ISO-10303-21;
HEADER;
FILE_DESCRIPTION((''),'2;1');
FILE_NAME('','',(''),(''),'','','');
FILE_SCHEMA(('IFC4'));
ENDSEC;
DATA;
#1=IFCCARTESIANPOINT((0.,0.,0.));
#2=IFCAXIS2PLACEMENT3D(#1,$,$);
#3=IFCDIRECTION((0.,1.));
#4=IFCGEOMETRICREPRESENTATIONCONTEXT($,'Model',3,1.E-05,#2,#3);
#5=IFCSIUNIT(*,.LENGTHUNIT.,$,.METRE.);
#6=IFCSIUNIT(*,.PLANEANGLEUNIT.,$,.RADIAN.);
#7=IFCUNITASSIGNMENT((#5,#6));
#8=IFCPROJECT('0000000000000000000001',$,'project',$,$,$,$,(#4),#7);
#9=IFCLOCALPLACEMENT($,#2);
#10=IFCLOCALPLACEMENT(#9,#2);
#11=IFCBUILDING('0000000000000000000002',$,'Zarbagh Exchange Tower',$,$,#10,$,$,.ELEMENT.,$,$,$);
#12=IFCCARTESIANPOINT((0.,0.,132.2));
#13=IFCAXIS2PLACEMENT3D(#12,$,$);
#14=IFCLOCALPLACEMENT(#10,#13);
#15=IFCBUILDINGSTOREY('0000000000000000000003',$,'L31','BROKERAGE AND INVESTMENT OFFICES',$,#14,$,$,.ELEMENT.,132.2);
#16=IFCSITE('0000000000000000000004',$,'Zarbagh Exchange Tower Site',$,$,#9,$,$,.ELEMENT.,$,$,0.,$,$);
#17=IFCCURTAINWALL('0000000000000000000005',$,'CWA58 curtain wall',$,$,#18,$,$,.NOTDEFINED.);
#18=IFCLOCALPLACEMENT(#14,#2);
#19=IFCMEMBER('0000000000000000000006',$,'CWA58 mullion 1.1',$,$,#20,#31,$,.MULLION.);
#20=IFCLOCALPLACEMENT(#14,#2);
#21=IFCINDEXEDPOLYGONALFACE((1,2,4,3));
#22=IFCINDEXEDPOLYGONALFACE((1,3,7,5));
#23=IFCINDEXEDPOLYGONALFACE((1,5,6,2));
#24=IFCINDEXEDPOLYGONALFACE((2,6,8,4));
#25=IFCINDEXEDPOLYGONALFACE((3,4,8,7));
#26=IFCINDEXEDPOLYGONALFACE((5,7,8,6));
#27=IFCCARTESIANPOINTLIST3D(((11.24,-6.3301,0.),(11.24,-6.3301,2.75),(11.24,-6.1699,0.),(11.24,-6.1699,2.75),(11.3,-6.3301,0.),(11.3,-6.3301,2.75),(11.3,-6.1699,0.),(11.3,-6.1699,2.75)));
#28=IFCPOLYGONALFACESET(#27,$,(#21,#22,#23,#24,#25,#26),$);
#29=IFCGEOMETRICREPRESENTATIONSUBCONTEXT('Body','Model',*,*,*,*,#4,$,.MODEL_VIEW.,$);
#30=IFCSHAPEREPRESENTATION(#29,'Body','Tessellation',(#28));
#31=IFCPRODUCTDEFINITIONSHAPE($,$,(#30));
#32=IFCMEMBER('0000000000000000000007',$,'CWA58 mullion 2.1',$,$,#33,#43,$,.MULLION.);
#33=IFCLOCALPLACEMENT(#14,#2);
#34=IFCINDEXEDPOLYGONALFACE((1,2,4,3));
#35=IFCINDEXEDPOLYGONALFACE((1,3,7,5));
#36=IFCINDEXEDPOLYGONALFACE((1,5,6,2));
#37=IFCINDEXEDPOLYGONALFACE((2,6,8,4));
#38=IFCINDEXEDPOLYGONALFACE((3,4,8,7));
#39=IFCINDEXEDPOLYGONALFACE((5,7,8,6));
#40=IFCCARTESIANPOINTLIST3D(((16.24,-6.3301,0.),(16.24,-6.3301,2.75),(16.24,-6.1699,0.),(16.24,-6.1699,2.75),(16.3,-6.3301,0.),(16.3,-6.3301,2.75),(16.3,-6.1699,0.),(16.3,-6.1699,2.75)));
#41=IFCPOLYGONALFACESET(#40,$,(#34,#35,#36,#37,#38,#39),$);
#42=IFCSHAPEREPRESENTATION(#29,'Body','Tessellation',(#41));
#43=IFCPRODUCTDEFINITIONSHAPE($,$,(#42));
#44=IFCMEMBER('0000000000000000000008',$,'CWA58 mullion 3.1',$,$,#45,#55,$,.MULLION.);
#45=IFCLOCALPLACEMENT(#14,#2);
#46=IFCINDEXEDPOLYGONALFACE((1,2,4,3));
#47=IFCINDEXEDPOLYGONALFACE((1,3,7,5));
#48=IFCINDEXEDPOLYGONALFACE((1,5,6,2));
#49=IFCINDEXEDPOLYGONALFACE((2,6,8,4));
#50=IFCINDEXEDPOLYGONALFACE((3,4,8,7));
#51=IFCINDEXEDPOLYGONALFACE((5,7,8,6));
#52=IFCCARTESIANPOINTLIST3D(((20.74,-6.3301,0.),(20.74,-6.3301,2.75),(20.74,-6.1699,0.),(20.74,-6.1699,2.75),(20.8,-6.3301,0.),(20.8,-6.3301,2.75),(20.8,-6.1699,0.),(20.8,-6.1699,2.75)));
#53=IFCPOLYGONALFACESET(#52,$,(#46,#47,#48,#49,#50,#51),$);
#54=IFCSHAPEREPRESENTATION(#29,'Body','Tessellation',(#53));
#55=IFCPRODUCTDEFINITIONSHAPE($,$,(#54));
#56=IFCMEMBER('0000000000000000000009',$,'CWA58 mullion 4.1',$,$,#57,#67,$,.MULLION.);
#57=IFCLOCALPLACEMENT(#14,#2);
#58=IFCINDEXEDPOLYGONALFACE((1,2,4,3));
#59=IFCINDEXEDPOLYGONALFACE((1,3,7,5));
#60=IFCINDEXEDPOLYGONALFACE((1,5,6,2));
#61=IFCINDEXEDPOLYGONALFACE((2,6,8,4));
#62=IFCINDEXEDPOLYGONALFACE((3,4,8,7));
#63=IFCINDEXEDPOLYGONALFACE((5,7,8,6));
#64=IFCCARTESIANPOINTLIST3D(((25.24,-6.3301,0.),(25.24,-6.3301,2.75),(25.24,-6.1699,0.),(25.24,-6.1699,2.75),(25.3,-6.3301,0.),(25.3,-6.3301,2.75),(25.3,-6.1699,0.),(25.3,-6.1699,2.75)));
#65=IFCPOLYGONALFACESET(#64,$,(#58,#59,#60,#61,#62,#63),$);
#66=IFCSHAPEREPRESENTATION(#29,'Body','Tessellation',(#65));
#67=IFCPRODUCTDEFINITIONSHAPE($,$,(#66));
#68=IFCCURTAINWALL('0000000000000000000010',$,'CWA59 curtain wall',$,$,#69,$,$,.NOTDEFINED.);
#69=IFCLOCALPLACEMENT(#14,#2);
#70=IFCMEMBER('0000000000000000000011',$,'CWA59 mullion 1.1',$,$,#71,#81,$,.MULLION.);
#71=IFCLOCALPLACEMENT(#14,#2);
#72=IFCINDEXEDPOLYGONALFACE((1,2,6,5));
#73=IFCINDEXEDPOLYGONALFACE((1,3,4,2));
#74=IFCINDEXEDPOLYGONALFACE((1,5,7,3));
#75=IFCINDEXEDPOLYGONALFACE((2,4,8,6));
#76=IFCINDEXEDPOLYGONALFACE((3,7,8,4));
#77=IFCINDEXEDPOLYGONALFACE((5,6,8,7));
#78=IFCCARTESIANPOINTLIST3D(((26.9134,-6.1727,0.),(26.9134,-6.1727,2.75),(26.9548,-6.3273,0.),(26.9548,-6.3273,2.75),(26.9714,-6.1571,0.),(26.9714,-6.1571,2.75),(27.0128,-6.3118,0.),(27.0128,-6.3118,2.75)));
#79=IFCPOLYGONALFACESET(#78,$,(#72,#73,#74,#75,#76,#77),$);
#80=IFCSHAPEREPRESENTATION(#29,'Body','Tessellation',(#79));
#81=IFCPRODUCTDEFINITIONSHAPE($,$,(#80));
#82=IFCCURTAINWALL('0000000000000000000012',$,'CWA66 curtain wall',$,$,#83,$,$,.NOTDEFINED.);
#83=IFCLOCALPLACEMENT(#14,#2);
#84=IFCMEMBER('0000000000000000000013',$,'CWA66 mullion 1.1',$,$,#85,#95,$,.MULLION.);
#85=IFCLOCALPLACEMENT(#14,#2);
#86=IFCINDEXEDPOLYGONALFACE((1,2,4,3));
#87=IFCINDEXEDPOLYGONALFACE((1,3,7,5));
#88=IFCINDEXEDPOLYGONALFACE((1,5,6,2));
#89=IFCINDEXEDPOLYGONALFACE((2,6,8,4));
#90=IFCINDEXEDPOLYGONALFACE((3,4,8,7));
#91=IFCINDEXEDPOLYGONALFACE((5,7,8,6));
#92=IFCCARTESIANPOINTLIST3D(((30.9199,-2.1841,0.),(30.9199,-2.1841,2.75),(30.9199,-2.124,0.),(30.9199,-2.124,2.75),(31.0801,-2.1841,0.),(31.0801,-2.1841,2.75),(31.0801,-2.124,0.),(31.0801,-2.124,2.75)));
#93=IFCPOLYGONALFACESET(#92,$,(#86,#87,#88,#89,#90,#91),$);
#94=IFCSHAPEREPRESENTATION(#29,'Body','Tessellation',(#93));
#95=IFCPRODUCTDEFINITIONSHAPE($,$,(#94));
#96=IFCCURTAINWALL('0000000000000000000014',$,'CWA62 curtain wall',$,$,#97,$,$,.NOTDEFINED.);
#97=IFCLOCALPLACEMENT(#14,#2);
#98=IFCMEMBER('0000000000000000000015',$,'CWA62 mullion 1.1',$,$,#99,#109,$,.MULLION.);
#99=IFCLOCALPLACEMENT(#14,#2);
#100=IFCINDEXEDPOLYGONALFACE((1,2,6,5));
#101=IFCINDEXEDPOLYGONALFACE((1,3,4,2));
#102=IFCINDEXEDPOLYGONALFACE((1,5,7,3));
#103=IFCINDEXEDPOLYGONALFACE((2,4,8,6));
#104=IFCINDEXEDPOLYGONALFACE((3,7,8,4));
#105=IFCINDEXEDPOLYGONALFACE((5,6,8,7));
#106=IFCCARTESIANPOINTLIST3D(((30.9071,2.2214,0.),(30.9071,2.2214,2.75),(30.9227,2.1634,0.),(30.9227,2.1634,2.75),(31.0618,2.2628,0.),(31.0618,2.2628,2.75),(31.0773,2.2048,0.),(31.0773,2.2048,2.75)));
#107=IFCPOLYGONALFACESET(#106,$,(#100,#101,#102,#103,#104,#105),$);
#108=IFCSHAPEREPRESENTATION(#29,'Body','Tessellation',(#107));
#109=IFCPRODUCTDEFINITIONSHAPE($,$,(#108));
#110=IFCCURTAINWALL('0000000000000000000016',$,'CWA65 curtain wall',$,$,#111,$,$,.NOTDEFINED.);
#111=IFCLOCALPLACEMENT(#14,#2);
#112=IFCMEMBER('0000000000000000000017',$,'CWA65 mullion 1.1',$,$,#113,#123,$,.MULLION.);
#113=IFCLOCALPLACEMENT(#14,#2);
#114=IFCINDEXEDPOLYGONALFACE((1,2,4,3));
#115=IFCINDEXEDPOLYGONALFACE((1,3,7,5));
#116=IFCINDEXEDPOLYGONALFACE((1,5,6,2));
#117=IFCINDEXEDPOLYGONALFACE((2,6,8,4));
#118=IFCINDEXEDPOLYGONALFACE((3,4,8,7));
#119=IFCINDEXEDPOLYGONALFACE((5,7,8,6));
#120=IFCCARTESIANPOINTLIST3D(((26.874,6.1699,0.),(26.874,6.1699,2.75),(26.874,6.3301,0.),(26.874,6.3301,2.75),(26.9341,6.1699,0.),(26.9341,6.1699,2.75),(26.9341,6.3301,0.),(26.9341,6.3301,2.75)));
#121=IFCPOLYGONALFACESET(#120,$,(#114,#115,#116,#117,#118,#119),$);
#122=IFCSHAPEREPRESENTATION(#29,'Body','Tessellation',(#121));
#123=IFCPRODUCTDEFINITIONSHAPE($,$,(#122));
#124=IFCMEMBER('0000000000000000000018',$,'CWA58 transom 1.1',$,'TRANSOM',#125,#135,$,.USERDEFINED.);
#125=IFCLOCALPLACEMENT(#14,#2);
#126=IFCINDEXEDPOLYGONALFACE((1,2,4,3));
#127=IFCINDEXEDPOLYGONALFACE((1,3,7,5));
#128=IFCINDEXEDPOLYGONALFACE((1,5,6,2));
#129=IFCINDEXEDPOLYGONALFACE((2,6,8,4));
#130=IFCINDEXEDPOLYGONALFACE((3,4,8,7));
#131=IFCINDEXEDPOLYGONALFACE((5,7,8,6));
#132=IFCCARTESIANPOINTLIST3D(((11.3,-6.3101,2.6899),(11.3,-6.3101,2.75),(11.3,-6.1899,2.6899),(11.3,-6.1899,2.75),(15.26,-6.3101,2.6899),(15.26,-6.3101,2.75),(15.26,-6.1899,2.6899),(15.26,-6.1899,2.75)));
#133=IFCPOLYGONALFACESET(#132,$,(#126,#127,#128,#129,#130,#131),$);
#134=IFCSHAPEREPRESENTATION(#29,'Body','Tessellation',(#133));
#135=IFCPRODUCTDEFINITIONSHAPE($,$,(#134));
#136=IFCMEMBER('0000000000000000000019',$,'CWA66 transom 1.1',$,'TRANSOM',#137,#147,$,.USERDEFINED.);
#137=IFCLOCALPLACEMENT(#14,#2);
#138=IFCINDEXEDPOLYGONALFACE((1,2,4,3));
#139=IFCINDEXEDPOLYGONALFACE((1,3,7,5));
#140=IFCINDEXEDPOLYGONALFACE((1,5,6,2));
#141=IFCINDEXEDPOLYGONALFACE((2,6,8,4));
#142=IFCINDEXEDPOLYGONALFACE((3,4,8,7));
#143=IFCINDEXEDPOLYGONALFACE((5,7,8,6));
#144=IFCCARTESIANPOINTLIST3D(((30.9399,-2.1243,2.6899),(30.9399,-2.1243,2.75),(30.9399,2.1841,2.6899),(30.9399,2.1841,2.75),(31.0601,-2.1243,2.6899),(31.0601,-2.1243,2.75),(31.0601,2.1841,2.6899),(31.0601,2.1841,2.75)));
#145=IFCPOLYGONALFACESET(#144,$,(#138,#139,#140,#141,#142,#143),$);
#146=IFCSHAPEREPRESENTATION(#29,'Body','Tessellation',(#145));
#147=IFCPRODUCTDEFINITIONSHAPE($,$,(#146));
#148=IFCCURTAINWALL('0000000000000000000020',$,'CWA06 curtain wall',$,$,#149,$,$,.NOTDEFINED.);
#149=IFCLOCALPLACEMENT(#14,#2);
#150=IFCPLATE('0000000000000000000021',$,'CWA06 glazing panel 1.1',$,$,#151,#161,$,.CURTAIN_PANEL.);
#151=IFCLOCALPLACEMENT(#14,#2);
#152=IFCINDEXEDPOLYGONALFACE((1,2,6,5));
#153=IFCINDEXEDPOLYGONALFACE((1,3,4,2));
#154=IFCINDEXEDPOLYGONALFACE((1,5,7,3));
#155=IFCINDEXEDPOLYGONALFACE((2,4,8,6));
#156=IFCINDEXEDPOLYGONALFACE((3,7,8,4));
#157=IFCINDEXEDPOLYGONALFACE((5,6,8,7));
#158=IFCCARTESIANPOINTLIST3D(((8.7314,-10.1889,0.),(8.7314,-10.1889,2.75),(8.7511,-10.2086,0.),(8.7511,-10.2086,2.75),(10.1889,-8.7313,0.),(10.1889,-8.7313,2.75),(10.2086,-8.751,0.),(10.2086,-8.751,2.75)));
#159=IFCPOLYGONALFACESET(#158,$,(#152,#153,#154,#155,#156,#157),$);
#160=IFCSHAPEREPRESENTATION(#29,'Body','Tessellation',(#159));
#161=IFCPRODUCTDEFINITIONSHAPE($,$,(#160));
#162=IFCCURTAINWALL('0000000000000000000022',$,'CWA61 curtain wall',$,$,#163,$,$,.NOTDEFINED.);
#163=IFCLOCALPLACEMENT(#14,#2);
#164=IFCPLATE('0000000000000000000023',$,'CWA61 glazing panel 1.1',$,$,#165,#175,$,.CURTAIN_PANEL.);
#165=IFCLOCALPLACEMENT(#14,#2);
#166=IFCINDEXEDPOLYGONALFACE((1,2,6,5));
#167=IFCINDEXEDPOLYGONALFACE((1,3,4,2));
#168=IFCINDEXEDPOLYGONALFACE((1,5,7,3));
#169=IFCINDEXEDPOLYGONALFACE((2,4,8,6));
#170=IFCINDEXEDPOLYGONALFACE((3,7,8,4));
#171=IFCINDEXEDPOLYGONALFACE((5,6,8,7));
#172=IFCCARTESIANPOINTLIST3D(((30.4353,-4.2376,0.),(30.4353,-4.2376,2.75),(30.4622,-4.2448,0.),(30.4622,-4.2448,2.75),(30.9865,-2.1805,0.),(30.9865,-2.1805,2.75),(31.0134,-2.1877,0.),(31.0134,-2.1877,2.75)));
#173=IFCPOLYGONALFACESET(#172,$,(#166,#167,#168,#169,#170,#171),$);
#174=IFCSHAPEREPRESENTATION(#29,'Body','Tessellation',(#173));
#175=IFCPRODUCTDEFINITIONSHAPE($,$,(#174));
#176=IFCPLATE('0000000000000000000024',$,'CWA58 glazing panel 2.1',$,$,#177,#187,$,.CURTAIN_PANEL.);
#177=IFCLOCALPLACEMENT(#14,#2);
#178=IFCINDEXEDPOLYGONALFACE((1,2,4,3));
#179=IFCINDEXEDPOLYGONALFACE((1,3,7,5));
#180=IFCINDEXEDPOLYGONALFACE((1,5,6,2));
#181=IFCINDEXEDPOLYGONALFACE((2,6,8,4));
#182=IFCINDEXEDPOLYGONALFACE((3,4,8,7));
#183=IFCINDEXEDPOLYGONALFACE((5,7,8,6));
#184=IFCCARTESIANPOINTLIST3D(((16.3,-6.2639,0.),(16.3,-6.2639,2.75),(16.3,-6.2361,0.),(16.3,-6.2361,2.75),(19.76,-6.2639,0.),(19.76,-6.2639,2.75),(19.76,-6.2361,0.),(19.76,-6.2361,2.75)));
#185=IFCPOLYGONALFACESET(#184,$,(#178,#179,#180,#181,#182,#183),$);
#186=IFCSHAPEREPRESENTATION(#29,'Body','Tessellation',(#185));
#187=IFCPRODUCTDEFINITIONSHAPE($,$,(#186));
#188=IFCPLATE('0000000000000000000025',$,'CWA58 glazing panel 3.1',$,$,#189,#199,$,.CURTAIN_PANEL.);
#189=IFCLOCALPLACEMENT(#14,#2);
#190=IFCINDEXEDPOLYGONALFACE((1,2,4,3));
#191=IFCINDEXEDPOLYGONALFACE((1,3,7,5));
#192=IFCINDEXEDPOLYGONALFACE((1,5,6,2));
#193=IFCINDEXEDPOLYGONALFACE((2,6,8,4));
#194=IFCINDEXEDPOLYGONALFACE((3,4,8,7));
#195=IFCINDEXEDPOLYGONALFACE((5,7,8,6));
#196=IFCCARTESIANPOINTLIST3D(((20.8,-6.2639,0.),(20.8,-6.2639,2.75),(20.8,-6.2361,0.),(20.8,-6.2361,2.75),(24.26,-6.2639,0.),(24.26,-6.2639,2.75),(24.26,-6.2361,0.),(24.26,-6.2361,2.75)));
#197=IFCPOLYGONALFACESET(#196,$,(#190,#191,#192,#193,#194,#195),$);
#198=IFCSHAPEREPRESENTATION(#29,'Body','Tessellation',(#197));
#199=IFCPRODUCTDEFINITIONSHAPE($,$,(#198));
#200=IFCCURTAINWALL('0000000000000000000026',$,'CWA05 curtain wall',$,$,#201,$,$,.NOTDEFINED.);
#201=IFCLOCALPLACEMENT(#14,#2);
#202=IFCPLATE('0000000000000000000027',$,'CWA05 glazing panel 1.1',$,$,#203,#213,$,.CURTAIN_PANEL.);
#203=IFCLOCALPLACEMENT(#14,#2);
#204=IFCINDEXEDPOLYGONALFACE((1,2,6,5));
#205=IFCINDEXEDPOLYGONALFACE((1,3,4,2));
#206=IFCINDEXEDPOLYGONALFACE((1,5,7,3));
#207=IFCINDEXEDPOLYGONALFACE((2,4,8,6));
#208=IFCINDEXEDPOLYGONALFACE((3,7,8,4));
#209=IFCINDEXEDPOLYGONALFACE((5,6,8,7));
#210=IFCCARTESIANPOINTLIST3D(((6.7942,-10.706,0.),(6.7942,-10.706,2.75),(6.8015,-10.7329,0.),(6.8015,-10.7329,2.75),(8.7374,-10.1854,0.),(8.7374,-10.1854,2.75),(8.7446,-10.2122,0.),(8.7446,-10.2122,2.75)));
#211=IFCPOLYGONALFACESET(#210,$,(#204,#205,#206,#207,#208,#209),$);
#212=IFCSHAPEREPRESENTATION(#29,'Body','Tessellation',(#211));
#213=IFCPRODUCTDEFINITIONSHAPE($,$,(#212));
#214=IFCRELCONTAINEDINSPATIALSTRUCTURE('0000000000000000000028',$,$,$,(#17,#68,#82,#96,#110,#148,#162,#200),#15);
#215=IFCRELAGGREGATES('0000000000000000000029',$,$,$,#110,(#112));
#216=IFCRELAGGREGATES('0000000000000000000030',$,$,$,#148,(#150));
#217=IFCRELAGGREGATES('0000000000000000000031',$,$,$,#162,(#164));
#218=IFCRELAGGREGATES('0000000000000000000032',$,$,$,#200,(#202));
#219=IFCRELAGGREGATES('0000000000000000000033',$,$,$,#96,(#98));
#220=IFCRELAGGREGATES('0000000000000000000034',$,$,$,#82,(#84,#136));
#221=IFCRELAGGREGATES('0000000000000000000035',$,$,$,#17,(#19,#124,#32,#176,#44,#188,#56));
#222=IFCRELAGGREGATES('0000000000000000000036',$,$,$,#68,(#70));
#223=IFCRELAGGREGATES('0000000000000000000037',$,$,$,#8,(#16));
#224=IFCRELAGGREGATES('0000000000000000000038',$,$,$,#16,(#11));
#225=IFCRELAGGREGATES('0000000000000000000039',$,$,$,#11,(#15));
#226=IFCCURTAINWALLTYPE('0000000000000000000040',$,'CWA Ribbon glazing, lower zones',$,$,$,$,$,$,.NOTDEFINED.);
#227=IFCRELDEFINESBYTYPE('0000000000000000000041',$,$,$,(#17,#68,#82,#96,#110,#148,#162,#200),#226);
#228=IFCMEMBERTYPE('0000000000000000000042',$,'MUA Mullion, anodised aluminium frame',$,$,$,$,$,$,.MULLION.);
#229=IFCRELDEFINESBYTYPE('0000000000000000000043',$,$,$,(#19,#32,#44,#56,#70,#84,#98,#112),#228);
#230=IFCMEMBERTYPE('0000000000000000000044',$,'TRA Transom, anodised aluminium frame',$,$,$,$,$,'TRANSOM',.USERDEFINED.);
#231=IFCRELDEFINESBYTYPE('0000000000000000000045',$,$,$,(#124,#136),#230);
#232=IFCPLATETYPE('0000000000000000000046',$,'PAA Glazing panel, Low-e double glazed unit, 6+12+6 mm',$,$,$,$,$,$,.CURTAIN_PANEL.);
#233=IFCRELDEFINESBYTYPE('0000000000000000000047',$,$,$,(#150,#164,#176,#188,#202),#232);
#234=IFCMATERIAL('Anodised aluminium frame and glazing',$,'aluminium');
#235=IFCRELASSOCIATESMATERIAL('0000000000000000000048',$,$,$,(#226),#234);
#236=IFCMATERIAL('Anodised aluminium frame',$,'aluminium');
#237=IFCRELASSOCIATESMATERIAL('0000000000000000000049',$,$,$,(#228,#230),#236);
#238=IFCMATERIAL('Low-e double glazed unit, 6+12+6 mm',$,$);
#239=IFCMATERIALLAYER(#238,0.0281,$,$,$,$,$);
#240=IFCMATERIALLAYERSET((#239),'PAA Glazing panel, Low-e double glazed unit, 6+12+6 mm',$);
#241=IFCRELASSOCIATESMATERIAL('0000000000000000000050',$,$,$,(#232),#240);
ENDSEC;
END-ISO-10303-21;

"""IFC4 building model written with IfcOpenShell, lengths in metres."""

from ifc_helpers import new_model, si_unit, direction, frame, origin, place, context, subcontext, project, spatial, polyline, outline, extrude, source, transform, mapped, material, layer, layer_set, type_object, element, aggregate, save


model = new_model("IFC4")

# Units and contexts
model_context = context("Model", 3, precision=1e-05, world=origin(), true_north=direction((0.0, 1.0)))
body_context = subcontext(model_context, "Body", "Model", "MODEL_VIEW")
ifc_project = project(units=[si_unit("LENGTHUNIT", "METRE"), si_unit("PLANEANGLEUNIT", "RADIAN")], contexts=[model_context])

# Site, building, storey
site_placement = place(None, origin())
site = spatial("IfcSite", under=ifc_project, at=site_placement, Name="Zarbagh Exchange Tower Site", CompositionType="ELEMENT", RefElevation=0.0)
building_placement = place(site_placement, origin())
building = spatial("IfcBuilding", under=site, at=building_placement, Name="Zarbagh Exchange Tower", CompositionType="ELEMENT")
storey_placement = place(building_placement, frame((0.0, 0.0, 132.2)))
storey = spatial("IfcBuildingStorey", under=building, at=storey_placement, Name="L31", Description="BROKERAGE AND INVESTMENT OFFICES", CompositionType="ELEMENT", Elevation=132.2)

# Curtain wall, members
ifc_material_1 = material(Name="Anodised aluminium frame and glazing", Category="aluminium")
curtain_wall_type = type_object("IfcCurtainWallType", Name="CWA Ribbon glazing, lower zones", PredefinedType="NOTDEFINED", material=ifc_material_1)
curtain_wall_1_placement = place(storey_placement, origin())
curtain_wall_1 = element("IfcCurtainWall", 1, at=curtain_wall_1_placement, inside=storey, type_object=curtain_wall_type, Name="CWA58 curtain wall", PredefinedType="NOTDEFINED")
ifc_material_2 = material(Name="Anodised aluminium frame", Category="aluminium")
member_type_1 = type_object("IfcMemberType", Name="MUA Mullion, anodised aluminium frame", PredefinedType="MULLION", material=ifc_material_2)
shared_shape_1 = source(origin(), body_context, "Body", "SweptSolid", [
    extrude(outline(polyline([(0.0, -0.0801), (0.0601, -0.0801), (0.0601, 0.0801), (0.0, 0.0801), (0.0, -0.0801)])), origin(), (0.0, 0.0, 1.0), 2.75),
])
placement = place(storey_placement, origin())
member_1 = element("IfcMember", 2, at=placement, type_object=member_type_1, Name="CWA58 mullion 1.1", PredefinedType="MULLION", context=body_context, shape_type="MappedRepresentation", body=[
    mapped(shared_shape_1, transform((11.24, -6.25, 0.0), x_axis=(1.0, 0.0, 0.0), y_axis=(0.0, 1.0, 0.0), z_axis=(0.0, 0.0, 1.0))),
])
member_2 = element("IfcMember", 3, at=placement, type_object=member_type_1, Name="CWA58 mullion 2.1", PredefinedType="MULLION", context=body_context, shape_type="MappedRepresentation", body=[
    mapped(shared_shape_1, transform((16.24, -6.25, 0.0), x_axis=(1.0, 0.0, 0.0), y_axis=(0.0, 1.0, 0.0), z_axis=(0.0, 0.0, 1.0))),
])
member_3 = element("IfcMember", 4, at=placement, type_object=member_type_1, Name="CWA58 mullion 3.1", PredefinedType="MULLION", context=body_context, shape_type="MappedRepresentation", body=[
    mapped(shared_shape_1, transform((20.74, -6.25, 0.0), x_axis=(1.0, 0.0, 0.0), y_axis=(0.0, 1.0, 0.0), z_axis=(0.0, 0.0, 1.0))),
])
member_4 = element("IfcMember", 5, at=placement, type_object=member_type_1, Name="CWA58 mullion 4.1", PredefinedType="MULLION", context=body_context, shape_type="MappedRepresentation", body=[
    mapped(shared_shape_1, transform((25.24, -6.25, 0.0), x_axis=(1.0, 0.0, 0.0), y_axis=(0.0, 1.0, 0.0), z_axis=(0.0, 0.0, 1.0))),
])

# Curtain walls, members
curtain_wall_2_placement = place(storey_placement, origin())
curtain_wall_2 = element("IfcCurtainWall", 6, at=curtain_wall_2_placement, inside=storey, type_object=curtain_wall_type, Name="CWA59 curtain wall", PredefinedType="NOTDEFINED")
member_5 = element("IfcMember", 7, at=placement, type_object=member_type_1, Name="CWA59 mullion 1.1", PredefinedType="MULLION", context=body_context, shape_type="MappedRepresentation", body=[
    mapped(shared_shape_1, transform((26.9341, -6.25, 0.0), x_axis=(0.965924, 0.258825, 0.0), y_axis=(-0.258825, 0.965924, 0.0), z_axis=(0.0, 0.0, 1.0))),
])
curtain_wall_3_placement = place(storey_placement, origin())
curtain_wall_3 = element("IfcCurtainWall", 8, at=curtain_wall_3_placement, inside=storey, type_object=curtain_wall_type, Name="CWA66 curtain wall", PredefinedType="NOTDEFINED")
member_6 = element("IfcMember", 9, at=placement, type_object=member_type_1, Name="CWA66 mullion 1.1", PredefinedType="MULLION", context=body_context, shape_type="MappedRepresentation", body=[
    mapped(shared_shape_1, transform((31.0, -2.1841, 0.0), x_axis=(0.0, 1.0, 0.0), y_axis=(-1.0, 0.0, 0.0), z_axis=(0.0, 0.0, 1.0))),
])
curtain_wall_4_placement = place(storey_placement, origin())
curtain_wall_4 = element("IfcCurtainWall", 10, at=curtain_wall_4_placement, inside=storey, type_object=curtain_wall_type, Name="CWA62 curtain wall", PredefinedType="NOTDEFINED")
member_7 = element("IfcMember", 11, at=placement, type_object=member_type_1, Name="CWA62 mullion 1.1", PredefinedType="MULLION", context=body_context, shape_type="MappedRepresentation", body=[
    mapped(shared_shape_1, transform((31.0, 2.1841, 0.0), x_axis=(-0.258825, 0.965924, 0.0), y_axis=(-0.965924, -0.258825, 0.0), z_axis=(0.0, 0.0, 1.0))),
])
curtain_wall_5_placement = place(storey_placement, origin())
curtain_wall_5 = element("IfcCurtainWall", 12, at=curtain_wall_5_placement, inside=storey, type_object=curtain_wall_type, Name="CWA65 curtain wall", PredefinedType="NOTDEFINED")
member_8 = element("IfcMember", 13, at=placement, type_object=member_type_1, Name="CWA65 mullion 1.1", PredefinedType="MULLION", context=body_context, shape_type="MappedRepresentation", body=[
    mapped(shared_shape_1, transform((26.9341, 6.25, 0.0), x_axis=(-1.0, 0.0, 0.0), y_axis=(0.0, -1.0, 0.0), z_axis=(0.0, 0.0, 1.0))),
])
aggregate(curtain_wall_5, [member_8])

# Members
member_type_2 = type_object("IfcMemberType", Name="TRA Transom, anodised aluminium frame", ElementType="TRANSOM", PredefinedType="USERDEFINED", material=ifc_material_2)
shared_shape_2 = source(origin(), body_context, "Body", "SweptSolid", [
    extrude(outline(polyline([(-0.0601, -0.0601), (0.0, -0.0601), (0.0, 0.0601), (-0.0601, 0.0601), (-0.0601, -0.0601)])), origin(), (0.0, 0.0, 1.0), 3.96),
])
member_9 = element("IfcMember", 14, at=placement, type_object=member_type_2, Name="CWA58 transom 1.1", ObjectType="TRANSOM", PredefinedType="USERDEFINED", context=body_context, shape_type="MappedRepresentation", body=[
    mapped(shared_shape_2, transform((11.3, -6.25, 2.75), x_axis=(0.0, 0.0, 1.0), y_axis=(0.0, -1.0, 0.0), z_axis=(1.0, 0.0, 0.0))),
])
shared_shape_3 = source(origin(), body_context, "Body", "SweptSolid", [
    extrude(outline(polyline([(-0.0601, -0.0601), (0.0, -0.0601), (0.0, 0.0601), (-0.0601, 0.0601), (-0.0601, -0.0601)])), origin(), (0.0, 0.0, 1.0), 4.3083),
])
member_10 = element("IfcMember", 15, at=placement, type_object=member_type_2, Name="CWA66 transom 1.1", ObjectType="TRANSOM", PredefinedType="USERDEFINED", context=body_context, shape_type="MappedRepresentation", body=[
    mapped(shared_shape_3, transform((31.0, -2.1243, 2.75), x_axis=(0.0, 0.0, 1.0), y_axis=(1.0, 0.0, 0.0), z_axis=(0.0, 1.0, 0.0))),
])

# Curtain walls, plates
curtain_wall_6_placement = place(storey_placement, origin())
curtain_wall_6 = element("IfcCurtainWall", 16, at=curtain_wall_6_placement, inside=storey, type_object=curtain_wall_type, Name="CWA06 curtain wall", PredefinedType="NOTDEFINED")
ifc_material_3 = material(Name="Low-e double glazed unit, 6+12+6 mm")
ifc_layer = layer(ifc_material_3, 0.0281)
ifc_layer_set = layer_set([ifc_layer], Name="PAA Glazing panel, Low-e double glazed unit, 6+12+6 mm")
plate_type = type_object("IfcPlateType", Name="PAA Glazing panel, Low-e double glazed unit, 6+12+6 mm", PredefinedType="CURTAIN_PANEL", material=ifc_layer_set)
shared_shape_4 = source(origin(), body_context, "Body", "SweptSolid", [
    extrude(outline(polyline([(0.0, -0.0139), (2.0613, -0.0139), (2.0613, 0.0139), (0.0, 0.0139), (0.0, -0.0139)])), origin(), (0.0, 0.0, 1.0), 2.75),
])
plate_1 = element("IfcPlate", 17, at=placement, type_object=plate_type, Name="CWA06 glazing panel 1.1", PredefinedType="CURTAIN_PANEL", context=body_context, shape_type="MappedRepresentation", body=[
    mapped(shared_shape_4, transform((8.7412, -10.1987, 0.0), x_axis=(0.707107, 0.707107, 0.0), y_axis=(-0.707107, 0.707107, 0.0), z_axis=(0.0, 0.0, 1.0))),
])
aggregate(curtain_wall_6, [plate_1])
curtain_wall_7_placement = place(storey_placement, origin())
curtain_wall_7 = element("IfcCurtainWall", 18, at=curtain_wall_7_placement, inside=storey, type_object=curtain_wall_type, Name="CWA61 curtain wall", PredefinedType="NOTDEFINED")
shared_shape_5 = source(origin(), body_context, "Body", "SweptSolid", [
    extrude(outline(polyline([(0.0, -0.0139), (2.1296, -0.0139), (2.1296, 0.0139), (0.0, 0.0139), (0.0, -0.0139)])), origin(), (0.0, 0.0, 1.0), 2.75),
])
plate_2 = element("IfcPlate", 19, at=placement, type_object=plate_type, Name="CWA61 glazing panel 1.1", PredefinedType="CURTAIN_PANEL", context=body_context, shape_type="MappedRepresentation", body=[
    mapped(shared_shape_5, transform((30.4487, -4.2412, 0.0), x_axis=(0.258825, 0.965924, 0.0), y_axis=(-0.965924, 0.258825, 0.0), z_axis=(0.0, 0.0, 1.0))),
])
aggregate(curtain_wall_7, [plate_2])

# Plates
shared_shape_6 = source(origin(), body_context, "Body", "SweptSolid", [
    extrude(outline(polyline([(0.0, -0.0139), (3.46, -0.0139), (3.46, 0.0139), (0.0, 0.0139), (0.0, -0.0139)])), origin(), (0.0, 0.0, 1.0), 2.75),
])
plate_3 = element("IfcPlate", 20, at=placement, type_object=plate_type, Name="CWA58 glazing panel 2.1", PredefinedType="CURTAIN_PANEL", context=body_context, shape_type="MappedRepresentation", body=[
    mapped(shared_shape_6, transform((16.3, -6.25, 0.0), x_axis=(1.0, 0.0, 0.0), y_axis=(0.0, 1.0, 0.0), z_axis=(0.0, 0.0, 1.0))),
])
plate_4 = element("IfcPlate", 21, at=placement, type_object=plate_type, Name="CWA58 glazing panel 3.1", PredefinedType="CURTAIN_PANEL", context=body_context, shape_type="MappedRepresentation", body=[
    mapped(shared_shape_6, transform((20.8, -6.25, 0.0), x_axis=(1.0, 0.0, 0.0), y_axis=(0.0, 1.0, 0.0), z_axis=(0.0, 0.0, 1.0))),
])

# Curtain wall, plate
curtain_wall_8_placement = place(storey_placement, origin())
curtain_wall_8 = element("IfcCurtainWall", 22, at=curtain_wall_8_placement, inside=storey, type_object=curtain_wall_type, Name="CWA05 curtain wall", PredefinedType="NOTDEFINED")
shared_shape_7 = source(origin(), body_context, "Body", "SweptSolid", [
    extrude(outline(polyline([(0.0, -0.0139), (2.0117, -0.0139), (2.0117, 0.0139), (0.0, 0.0139), (0.0, -0.0139)])), origin(), (0.0, 0.0, 1.0), 2.75),
])
plate_5 = element("IfcPlate", 23, at=placement, type_object=plate_type, Name="CWA05 glazing panel 1.1", PredefinedType="CURTAIN_PANEL", context=body_context, shape_type="MappedRepresentation", body=[
    mapped(shared_shape_7, transform((6.7979, -10.7195, 0.0), x_axis=(0.965924, 0.258825, 0.0), y_axis=(-0.258825, 0.965924, 0.0), z_axis=(0.0, 0.0, 1.0))),
])
aggregate(curtain_wall_8, [plate_5])

aggregate(curtain_wall_4, [member_7])
aggregate(curtain_wall_3, [member_6, member_10])
aggregate(curtain_wall_1, [member_1, member_9, member_2, plate_3, member_3, plate_4, member_4])
aggregate(curtain_wall_2, [member_5])

save(model, "model.ifc")
